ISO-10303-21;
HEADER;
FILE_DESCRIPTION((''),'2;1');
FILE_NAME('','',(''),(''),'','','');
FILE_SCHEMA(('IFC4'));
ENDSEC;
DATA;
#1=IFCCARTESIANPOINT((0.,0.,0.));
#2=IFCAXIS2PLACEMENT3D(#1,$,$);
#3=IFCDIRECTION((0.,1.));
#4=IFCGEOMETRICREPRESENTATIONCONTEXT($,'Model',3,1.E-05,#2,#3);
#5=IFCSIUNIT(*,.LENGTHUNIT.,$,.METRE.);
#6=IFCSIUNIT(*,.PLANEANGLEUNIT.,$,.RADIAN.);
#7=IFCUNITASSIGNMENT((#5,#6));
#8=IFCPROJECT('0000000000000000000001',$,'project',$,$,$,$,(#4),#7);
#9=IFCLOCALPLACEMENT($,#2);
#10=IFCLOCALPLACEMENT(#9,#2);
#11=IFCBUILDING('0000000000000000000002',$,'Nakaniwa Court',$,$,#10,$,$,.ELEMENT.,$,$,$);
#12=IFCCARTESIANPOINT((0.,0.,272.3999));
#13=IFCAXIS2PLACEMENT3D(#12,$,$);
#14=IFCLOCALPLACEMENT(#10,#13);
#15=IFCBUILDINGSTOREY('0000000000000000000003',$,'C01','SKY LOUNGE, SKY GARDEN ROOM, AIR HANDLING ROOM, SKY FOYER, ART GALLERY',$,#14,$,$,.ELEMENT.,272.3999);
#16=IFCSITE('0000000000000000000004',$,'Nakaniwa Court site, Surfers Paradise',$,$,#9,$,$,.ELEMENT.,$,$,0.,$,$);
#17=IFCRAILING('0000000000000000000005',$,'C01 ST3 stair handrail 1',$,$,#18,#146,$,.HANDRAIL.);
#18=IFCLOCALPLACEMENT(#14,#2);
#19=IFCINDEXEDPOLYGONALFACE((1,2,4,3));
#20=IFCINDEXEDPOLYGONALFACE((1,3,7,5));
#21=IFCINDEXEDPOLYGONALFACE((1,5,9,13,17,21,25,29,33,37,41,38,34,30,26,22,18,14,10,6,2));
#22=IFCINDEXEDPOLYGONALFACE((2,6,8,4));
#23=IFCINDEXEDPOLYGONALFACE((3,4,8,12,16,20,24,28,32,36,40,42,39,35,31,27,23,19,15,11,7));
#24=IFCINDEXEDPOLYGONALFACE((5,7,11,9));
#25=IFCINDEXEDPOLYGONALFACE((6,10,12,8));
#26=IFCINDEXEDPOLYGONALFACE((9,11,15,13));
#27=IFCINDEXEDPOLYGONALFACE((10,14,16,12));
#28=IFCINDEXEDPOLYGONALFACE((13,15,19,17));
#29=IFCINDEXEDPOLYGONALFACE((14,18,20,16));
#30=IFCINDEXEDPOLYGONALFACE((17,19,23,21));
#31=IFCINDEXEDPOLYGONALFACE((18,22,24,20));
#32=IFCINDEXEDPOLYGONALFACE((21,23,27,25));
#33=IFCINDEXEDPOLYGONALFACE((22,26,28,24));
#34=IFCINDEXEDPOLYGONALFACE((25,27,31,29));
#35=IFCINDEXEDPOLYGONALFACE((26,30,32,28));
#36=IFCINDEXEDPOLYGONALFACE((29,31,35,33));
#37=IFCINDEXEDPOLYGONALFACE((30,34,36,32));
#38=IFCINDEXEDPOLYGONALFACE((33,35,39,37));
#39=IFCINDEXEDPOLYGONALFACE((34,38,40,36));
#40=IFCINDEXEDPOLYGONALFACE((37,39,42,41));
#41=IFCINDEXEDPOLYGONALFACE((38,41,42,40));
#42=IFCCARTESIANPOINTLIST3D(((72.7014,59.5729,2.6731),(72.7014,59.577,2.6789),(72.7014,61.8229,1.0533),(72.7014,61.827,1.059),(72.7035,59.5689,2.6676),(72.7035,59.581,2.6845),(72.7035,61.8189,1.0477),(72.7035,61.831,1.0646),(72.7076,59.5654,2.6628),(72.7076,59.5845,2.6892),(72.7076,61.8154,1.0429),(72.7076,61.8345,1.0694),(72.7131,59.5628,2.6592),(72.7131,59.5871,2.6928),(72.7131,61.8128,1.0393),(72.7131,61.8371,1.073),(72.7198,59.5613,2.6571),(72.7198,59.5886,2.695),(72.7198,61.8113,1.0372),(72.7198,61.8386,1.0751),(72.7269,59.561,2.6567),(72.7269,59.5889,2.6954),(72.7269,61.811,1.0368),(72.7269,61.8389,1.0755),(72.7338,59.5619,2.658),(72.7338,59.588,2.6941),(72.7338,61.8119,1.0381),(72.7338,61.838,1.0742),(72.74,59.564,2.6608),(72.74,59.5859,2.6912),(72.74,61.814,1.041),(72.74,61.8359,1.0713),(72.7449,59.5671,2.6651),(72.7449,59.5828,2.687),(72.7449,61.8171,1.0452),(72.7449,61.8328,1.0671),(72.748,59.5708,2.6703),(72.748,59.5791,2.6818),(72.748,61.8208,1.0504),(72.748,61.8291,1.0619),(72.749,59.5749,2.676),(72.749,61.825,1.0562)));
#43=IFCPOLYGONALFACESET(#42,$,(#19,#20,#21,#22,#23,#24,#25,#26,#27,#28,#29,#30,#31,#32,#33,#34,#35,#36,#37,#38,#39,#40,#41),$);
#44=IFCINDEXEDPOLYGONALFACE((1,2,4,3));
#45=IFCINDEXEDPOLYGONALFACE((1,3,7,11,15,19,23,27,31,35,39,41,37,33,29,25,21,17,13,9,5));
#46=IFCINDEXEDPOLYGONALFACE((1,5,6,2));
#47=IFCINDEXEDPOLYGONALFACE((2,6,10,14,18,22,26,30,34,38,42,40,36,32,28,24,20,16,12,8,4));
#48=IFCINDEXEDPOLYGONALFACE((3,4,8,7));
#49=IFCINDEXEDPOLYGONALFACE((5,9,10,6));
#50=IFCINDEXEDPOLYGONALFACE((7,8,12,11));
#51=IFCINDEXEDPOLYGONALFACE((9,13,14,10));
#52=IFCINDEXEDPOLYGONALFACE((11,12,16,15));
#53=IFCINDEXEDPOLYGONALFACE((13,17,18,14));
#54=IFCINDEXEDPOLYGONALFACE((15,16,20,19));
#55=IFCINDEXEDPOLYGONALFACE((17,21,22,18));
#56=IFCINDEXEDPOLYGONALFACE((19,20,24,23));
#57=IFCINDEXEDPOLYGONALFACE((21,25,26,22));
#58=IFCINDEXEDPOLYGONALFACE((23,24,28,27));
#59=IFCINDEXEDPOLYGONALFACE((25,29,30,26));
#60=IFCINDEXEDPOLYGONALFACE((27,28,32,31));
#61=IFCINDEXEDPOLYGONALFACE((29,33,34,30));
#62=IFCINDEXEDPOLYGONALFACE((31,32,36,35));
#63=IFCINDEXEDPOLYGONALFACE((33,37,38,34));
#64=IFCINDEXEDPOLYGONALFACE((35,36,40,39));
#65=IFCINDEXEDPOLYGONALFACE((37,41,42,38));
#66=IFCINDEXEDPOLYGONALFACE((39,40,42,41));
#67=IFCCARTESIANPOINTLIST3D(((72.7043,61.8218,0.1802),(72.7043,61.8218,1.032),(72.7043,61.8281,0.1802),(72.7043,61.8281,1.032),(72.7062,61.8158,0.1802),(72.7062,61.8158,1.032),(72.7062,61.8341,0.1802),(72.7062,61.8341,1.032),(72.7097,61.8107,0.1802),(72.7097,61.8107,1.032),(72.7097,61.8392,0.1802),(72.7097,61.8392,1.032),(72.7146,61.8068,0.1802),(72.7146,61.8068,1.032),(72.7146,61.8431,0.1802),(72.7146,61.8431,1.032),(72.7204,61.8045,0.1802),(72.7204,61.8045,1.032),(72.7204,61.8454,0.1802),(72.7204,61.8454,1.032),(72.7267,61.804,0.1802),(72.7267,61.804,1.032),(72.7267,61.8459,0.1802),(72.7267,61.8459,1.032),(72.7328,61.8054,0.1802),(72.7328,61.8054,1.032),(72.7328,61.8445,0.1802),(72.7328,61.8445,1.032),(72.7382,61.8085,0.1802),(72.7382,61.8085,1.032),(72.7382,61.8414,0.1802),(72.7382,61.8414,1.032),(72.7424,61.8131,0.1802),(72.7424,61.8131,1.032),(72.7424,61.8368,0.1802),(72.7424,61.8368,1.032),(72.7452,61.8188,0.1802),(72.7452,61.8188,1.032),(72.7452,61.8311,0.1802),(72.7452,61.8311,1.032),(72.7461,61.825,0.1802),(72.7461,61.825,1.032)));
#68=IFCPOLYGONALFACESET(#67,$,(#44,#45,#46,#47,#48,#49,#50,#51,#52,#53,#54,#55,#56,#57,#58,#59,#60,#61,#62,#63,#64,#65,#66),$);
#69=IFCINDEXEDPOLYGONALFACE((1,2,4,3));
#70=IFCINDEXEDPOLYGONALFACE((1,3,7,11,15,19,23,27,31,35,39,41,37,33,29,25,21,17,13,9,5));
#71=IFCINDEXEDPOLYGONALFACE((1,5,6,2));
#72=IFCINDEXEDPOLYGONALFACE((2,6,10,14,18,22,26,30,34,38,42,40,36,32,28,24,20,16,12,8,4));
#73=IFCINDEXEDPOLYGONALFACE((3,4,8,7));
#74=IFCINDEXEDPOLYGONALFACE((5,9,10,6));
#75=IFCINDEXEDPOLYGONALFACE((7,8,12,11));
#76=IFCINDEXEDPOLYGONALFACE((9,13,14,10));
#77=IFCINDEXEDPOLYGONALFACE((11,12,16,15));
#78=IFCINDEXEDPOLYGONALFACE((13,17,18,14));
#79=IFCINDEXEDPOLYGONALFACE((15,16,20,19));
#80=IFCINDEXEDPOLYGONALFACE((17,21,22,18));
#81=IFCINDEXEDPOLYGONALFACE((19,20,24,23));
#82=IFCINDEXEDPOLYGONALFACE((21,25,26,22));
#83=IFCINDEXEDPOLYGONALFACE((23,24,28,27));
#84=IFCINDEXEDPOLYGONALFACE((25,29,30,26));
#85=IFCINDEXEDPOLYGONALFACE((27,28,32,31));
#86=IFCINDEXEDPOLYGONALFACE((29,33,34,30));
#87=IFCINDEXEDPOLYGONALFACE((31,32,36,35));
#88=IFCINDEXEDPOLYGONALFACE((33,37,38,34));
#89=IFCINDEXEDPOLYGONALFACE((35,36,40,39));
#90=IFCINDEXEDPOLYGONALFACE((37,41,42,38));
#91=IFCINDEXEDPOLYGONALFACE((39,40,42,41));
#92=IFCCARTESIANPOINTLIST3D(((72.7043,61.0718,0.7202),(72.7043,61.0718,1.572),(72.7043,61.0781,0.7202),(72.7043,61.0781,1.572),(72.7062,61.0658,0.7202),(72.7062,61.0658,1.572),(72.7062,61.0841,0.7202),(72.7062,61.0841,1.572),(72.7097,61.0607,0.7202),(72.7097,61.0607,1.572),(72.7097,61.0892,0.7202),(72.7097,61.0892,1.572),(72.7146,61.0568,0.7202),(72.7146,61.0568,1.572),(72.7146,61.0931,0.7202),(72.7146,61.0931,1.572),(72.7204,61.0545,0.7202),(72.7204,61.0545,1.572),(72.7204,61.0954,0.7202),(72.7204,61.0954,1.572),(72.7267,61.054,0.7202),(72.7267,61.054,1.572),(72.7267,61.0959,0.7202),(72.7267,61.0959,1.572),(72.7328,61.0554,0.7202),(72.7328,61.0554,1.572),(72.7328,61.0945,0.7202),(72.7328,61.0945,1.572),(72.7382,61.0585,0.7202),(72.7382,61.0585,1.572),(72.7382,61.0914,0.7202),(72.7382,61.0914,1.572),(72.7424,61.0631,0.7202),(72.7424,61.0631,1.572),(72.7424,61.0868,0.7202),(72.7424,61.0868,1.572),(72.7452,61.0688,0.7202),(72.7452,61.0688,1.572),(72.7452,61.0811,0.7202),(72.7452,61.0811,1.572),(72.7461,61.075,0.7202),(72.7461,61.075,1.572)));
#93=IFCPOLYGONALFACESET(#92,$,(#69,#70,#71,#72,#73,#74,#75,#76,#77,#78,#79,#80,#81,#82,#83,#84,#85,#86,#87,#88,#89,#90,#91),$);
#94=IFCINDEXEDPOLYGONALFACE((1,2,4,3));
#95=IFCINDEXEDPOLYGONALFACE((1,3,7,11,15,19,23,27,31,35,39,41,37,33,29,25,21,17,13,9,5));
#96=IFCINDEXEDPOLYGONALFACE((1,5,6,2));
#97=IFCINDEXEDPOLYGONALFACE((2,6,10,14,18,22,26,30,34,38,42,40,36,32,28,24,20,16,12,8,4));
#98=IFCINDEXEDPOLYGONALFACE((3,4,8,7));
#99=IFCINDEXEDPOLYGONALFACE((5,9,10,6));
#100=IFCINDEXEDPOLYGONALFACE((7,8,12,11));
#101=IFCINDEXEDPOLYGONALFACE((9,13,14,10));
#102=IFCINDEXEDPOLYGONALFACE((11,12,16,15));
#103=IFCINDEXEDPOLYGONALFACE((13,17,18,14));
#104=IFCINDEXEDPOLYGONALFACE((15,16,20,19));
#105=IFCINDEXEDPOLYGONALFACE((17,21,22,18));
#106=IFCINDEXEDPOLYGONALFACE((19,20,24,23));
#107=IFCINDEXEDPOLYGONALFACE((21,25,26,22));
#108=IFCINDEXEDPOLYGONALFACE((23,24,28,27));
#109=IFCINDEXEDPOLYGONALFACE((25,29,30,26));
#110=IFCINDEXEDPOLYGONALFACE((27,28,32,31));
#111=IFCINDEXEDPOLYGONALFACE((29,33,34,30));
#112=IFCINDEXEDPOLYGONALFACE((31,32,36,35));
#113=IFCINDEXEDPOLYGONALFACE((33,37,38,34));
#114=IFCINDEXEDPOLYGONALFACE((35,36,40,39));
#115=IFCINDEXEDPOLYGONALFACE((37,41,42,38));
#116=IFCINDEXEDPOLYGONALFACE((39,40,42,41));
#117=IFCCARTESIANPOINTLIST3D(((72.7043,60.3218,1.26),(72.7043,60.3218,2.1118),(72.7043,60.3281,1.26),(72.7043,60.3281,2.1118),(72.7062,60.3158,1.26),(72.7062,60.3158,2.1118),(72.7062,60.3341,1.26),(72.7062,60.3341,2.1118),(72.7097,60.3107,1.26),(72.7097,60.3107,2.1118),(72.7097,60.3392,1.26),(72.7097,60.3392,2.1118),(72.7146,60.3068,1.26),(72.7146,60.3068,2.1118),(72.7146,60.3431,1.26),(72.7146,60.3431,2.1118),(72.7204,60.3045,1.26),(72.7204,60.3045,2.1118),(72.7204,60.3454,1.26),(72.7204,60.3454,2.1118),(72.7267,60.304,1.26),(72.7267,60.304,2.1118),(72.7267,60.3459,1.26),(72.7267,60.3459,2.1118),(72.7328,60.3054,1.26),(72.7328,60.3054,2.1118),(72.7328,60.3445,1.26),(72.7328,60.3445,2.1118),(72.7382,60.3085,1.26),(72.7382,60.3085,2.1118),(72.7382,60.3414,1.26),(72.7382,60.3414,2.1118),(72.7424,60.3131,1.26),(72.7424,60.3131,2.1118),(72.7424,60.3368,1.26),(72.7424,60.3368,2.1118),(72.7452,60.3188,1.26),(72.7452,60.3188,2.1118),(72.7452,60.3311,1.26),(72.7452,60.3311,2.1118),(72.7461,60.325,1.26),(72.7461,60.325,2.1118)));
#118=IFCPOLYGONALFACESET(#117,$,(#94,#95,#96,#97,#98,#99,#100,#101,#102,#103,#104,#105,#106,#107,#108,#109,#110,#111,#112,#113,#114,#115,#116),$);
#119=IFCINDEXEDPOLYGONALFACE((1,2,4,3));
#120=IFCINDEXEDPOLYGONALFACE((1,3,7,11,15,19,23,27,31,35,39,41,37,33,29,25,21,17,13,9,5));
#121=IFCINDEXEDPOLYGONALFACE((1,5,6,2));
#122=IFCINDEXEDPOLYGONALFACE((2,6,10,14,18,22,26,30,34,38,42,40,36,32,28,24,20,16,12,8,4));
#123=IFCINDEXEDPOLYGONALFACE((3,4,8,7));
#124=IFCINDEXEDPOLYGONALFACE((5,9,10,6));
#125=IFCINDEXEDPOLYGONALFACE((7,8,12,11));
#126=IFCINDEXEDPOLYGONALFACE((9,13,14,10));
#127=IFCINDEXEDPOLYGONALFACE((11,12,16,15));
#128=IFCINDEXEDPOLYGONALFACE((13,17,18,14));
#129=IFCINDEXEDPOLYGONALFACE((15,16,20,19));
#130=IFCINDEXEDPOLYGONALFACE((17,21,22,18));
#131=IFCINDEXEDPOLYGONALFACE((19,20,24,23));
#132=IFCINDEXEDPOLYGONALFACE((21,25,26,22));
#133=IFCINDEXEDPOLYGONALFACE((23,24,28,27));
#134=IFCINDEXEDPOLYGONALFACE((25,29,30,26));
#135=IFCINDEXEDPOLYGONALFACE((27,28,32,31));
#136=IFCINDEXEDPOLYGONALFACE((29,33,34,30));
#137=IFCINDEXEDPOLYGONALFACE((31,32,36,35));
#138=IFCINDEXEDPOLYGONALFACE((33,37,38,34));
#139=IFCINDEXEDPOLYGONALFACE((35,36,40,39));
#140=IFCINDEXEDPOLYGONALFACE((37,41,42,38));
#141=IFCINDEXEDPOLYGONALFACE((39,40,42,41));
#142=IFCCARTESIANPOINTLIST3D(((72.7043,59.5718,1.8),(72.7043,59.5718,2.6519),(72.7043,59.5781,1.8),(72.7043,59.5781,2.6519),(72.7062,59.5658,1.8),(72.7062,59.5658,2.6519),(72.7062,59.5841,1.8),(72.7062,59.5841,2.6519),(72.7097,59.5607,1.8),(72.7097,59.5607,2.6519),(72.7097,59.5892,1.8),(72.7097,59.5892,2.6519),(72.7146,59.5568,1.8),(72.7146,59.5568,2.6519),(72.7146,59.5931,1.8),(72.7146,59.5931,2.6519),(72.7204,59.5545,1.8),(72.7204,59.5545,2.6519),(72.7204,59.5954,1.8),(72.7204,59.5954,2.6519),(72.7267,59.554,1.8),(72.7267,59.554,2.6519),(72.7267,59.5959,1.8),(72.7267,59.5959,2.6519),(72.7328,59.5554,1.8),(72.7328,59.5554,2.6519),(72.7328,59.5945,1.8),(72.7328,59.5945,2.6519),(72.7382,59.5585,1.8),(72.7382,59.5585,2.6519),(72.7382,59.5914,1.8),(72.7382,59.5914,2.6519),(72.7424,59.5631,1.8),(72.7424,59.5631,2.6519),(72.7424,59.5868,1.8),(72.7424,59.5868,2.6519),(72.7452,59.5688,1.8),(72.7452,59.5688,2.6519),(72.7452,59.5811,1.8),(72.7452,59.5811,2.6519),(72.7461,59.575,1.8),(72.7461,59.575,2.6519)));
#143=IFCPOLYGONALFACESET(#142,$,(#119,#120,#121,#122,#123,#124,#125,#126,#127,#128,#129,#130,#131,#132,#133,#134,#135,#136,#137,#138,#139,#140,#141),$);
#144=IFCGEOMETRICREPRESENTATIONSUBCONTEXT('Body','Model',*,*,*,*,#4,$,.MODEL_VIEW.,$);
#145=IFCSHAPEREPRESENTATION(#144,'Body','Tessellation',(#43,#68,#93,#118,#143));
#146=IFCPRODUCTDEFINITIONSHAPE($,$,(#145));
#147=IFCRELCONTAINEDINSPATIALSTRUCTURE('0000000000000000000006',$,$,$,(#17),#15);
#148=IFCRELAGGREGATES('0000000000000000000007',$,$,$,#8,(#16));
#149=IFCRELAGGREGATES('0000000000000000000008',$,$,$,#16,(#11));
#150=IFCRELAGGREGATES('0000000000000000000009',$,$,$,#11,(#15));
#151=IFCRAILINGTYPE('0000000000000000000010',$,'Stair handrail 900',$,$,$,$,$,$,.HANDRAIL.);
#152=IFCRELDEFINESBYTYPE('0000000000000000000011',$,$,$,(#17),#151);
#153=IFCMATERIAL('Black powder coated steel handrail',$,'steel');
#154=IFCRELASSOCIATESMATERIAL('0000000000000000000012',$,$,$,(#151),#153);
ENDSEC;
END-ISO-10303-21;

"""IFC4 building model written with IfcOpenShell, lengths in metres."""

from ifc_helpers import new_model, si_unit, direction, frame, origin, origin_2d, place, context, subcontext, project, spatial, circle, extrude, material, type_object, element, save


model = new_model("IFC4")

# Units and contexts
model_context = context("Model", 3, precision=1e-05, world=origin(), true_north=direction((0.0, 1.0)))
body_context = subcontext(model_context, "Body", "Model", "MODEL_VIEW")
ifc_project = project(units=[si_unit("LENGTHUNIT", "METRE"), si_unit("PLANEANGLEUNIT", "RADIAN")], contexts=[model_context])

# Site, building, storey
site_placement = place(None, origin())
site = spatial("IfcSite", under=ifc_project, at=site_placement, Name="Nakaniwa Court site, Surfers Paradise", CompositionType="ELEMENT", RefElevation=0.0)
building_placement = place(site_placement, origin())
building = spatial("IfcBuilding", under=site, at=building_placement, Name="Nakaniwa Court", CompositionType="ELEMENT")
storey_placement = place(building_placement, frame((0.0, 0.0, 272.3999)))
storey = spatial("IfcBuildingStorey", under=building, at=storey_placement, Name="C01", Description="SKY LOUNGE, SKY GARDEN ROOM, AIR HANDLING ROOM, SKY FOYER, ART GALLERY", CompositionType="ELEMENT", Elevation=272.3999)

# Railing
ifc_material_1 = material(Name="Black powder coated steel handrail", Category="steel")
railing_type_1 = type_object("IfcRailingType", Name="Stair handrail 900", PredefinedType="HANDRAIL", material=ifc_material_1)
railing_1_placement = place(storey_placement, frame((72.7251, 61.825, 0.1802)))
element("IfcRailing", 1, at=railing_1_placement, inside=storey, type_object=railing_type_1, Name="C01 ST3 stair handrail 1", PredefinedType="HANDRAIL", context=body_context, shape_type="SweptSolid", body=[
    extrude(circle(Radius=0.0239, at=origin_2d()), frame((0.0, 0.0, 0.876), z_axis=(0.0, -0.811556, 0.584275), x_axis=(1.0, 0.0, 0.0)), (0.0, 0.0, 1.0), 2.7725),
    extrude(circle(Radius=0.021, at=origin_2d()), origin(), (0.0, 0.0, 1.0), 0.8518),
    extrude(circle(Radius=0.021, at=origin_2d()), frame((0.0, -0.75, 0.54)), (0.0, 0.0, 1.0), 0.8518),
    extrude(circle(Radius=0.021, at=origin_2d()), frame((0.0, -1.5, 1.0798)), (0.0, 0.0, 1.0), 0.8518),
    extrude(circle(Radius=0.021, at=origin_2d()), frame((0.0, -2.25, 1.6199)), (0.0, 0.0, 1.0), 0.8518),
])

save(model, "model.ifc")
